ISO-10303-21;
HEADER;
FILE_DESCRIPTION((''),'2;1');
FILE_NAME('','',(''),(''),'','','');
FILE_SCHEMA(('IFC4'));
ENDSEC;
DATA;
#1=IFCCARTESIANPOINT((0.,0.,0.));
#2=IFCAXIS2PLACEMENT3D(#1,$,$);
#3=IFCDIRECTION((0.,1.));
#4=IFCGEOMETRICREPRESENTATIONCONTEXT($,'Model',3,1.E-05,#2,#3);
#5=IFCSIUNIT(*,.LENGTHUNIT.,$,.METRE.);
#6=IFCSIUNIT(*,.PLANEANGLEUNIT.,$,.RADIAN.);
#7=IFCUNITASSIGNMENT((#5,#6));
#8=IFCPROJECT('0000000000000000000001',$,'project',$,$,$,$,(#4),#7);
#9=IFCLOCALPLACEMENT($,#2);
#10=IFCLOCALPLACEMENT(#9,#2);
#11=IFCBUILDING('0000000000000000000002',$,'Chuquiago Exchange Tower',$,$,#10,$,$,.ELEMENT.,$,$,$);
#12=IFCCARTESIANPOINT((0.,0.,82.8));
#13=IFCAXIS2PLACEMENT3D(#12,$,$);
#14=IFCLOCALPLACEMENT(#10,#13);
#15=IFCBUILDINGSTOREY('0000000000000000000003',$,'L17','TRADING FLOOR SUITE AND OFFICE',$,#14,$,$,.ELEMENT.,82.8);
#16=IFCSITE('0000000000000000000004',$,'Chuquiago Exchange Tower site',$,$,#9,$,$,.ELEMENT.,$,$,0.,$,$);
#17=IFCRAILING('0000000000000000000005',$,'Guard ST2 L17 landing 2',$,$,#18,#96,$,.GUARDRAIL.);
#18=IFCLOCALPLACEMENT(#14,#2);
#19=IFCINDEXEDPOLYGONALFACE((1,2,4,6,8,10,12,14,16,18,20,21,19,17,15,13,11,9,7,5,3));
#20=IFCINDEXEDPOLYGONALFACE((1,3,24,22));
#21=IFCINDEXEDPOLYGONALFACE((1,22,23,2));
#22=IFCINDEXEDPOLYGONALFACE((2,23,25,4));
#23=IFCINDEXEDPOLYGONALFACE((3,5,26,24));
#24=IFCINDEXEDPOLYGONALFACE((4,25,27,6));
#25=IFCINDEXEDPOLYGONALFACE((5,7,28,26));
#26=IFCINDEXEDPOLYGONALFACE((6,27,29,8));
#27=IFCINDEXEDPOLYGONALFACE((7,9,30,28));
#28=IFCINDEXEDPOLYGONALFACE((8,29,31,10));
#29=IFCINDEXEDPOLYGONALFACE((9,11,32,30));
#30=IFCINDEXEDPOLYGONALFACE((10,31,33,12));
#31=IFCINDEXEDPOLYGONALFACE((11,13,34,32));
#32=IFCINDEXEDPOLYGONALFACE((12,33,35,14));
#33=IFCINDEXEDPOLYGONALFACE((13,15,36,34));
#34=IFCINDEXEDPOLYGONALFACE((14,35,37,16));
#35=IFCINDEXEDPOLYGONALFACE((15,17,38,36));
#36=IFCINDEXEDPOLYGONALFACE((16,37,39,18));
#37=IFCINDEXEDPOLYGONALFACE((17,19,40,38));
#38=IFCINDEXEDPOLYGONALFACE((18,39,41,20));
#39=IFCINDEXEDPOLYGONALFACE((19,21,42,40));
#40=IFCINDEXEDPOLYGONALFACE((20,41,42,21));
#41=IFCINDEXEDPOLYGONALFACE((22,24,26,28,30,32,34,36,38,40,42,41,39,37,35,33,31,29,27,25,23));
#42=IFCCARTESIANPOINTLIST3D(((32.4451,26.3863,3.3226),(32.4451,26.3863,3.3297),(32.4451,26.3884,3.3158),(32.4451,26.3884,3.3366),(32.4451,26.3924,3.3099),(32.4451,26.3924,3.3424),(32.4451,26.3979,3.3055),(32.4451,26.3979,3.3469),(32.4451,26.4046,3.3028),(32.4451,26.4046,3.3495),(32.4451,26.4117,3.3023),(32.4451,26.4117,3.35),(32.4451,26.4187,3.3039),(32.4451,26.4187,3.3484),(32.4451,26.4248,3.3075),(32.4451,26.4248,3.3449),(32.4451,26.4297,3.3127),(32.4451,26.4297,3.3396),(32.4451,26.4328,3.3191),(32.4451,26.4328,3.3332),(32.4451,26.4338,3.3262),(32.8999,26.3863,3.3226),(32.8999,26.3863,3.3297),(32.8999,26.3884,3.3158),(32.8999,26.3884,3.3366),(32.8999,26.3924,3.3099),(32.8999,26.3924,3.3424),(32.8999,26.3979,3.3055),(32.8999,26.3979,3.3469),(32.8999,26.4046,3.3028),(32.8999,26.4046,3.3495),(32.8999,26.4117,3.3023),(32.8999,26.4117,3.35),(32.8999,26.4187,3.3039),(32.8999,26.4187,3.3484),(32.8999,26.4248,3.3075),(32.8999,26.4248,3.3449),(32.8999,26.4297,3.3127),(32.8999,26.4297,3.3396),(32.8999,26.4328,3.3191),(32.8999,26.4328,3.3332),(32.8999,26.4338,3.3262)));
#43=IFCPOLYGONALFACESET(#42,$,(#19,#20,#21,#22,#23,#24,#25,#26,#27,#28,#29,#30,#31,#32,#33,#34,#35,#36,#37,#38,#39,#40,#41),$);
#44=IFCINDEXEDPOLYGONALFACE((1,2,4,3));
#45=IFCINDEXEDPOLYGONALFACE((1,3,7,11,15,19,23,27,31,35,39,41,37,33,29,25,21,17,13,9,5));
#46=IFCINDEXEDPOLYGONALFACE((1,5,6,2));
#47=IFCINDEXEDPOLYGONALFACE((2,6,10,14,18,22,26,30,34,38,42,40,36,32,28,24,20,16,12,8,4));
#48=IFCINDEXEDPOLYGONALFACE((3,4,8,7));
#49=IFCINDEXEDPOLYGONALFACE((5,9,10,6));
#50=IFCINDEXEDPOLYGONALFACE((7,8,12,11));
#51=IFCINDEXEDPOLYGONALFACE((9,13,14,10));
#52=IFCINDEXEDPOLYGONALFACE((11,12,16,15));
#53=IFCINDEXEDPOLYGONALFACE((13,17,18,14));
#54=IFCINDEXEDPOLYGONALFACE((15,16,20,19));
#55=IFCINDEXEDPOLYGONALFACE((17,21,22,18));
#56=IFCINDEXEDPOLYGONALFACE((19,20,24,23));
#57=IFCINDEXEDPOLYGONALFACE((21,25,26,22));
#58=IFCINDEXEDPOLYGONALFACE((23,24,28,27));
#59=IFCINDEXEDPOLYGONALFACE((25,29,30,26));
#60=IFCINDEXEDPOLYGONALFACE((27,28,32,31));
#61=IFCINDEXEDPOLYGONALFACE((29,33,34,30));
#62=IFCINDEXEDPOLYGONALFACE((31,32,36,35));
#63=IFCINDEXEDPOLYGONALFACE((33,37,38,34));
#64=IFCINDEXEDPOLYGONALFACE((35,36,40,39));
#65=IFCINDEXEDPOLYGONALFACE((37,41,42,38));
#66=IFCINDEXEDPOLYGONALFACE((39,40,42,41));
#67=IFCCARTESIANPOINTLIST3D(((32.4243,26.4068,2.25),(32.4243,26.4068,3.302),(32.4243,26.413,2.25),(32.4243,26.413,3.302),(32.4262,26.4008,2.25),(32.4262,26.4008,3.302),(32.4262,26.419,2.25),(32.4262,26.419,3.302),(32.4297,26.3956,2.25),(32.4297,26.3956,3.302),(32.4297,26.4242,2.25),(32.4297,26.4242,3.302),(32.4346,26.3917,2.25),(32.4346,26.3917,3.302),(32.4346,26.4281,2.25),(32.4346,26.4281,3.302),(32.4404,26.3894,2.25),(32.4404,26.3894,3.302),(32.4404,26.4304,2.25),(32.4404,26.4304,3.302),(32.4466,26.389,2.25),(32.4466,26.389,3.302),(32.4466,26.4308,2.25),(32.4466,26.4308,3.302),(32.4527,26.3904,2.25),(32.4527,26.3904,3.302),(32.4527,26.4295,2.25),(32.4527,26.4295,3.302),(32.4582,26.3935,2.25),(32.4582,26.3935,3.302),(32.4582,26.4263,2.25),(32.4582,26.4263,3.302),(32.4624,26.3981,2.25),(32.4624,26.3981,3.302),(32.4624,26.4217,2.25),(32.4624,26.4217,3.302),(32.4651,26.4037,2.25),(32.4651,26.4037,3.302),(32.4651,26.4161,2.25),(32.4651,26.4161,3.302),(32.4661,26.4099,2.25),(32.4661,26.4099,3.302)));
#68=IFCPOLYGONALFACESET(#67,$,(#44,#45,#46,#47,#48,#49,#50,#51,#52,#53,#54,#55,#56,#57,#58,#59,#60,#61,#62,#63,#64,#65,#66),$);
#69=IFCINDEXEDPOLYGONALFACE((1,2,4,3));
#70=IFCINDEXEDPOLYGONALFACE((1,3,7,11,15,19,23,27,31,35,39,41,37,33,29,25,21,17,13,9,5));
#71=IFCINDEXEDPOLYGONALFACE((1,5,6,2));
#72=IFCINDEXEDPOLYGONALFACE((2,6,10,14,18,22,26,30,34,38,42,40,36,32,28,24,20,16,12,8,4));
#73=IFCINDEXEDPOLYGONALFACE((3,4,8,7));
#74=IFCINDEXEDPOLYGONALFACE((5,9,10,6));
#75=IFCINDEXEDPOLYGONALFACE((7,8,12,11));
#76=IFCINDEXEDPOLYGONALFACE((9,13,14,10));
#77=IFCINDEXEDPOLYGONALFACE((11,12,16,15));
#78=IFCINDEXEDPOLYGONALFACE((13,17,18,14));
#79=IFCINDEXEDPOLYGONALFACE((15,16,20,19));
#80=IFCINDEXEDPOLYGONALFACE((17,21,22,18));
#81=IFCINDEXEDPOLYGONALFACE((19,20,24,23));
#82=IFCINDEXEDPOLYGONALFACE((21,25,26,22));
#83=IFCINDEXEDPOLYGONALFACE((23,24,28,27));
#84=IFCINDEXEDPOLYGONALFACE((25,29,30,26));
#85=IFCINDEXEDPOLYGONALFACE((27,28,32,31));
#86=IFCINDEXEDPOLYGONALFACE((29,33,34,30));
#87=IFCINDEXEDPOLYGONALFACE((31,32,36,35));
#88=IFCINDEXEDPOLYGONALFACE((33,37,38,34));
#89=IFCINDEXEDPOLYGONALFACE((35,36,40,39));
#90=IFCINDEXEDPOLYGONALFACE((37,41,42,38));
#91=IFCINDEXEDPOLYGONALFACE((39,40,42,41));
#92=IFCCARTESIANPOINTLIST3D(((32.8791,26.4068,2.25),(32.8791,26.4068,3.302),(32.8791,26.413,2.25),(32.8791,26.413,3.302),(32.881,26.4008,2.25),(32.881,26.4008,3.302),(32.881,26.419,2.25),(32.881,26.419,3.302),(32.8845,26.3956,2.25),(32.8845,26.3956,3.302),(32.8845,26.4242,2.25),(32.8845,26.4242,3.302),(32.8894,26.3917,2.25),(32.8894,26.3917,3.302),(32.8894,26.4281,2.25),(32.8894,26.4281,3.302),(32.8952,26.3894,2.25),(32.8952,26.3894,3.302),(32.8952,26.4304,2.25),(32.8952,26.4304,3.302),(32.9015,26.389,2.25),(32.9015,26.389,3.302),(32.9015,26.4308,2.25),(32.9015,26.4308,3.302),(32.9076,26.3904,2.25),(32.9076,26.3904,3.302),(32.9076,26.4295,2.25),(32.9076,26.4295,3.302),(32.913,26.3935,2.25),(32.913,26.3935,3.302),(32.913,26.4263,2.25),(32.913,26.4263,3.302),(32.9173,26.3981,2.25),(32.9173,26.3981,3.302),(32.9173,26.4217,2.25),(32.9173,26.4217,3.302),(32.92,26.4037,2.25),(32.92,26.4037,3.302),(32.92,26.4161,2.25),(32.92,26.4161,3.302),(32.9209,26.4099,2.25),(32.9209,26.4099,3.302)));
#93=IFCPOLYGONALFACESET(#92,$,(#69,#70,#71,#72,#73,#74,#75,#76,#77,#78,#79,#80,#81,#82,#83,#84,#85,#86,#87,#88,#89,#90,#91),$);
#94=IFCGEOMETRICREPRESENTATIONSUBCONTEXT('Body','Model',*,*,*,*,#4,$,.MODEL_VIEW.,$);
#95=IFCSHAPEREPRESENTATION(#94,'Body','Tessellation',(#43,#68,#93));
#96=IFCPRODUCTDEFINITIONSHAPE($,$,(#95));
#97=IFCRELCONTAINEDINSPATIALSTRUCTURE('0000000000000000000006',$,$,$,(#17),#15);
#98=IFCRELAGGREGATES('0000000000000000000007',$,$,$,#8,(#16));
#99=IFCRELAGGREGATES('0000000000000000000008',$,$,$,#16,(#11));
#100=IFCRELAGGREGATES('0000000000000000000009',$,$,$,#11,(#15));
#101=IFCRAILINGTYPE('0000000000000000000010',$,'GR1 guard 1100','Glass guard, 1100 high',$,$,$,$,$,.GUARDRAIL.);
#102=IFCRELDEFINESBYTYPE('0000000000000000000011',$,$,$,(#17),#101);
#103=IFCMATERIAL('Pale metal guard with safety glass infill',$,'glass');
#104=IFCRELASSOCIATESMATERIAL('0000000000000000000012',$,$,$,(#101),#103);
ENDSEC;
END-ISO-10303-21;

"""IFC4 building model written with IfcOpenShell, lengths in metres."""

from ifc_helpers import new_model, si_unit, direction, frame, origin, origin_2d, place, context, subcontext, project, spatial, circle, extrude, material, type_object, element, save


model = new_model("IFC4")

# Units and contexts
model_context = context("Model", 3, precision=1e-05, world=origin(), true_north=direction((0.0, 1.0)))
body_context = subcontext(model_context, "Body", "Model", "MODEL_VIEW")
ifc_project = project(units=[si_unit("LENGTHUNIT", "METRE"), si_unit("PLANEANGLEUNIT", "RADIAN")], contexts=[model_context])

# Site, building, storey
site_placement = place(None, origin())
site = spatial("IfcSite", under=ifc_project, at=site_placement, Name="Chuquiago Exchange Tower site", CompositionType="ELEMENT", RefElevation=0.0)
building_placement = place(site_placement, origin())
building = spatial("IfcBuilding", under=site, at=building_placement, Name="Chuquiago Exchange Tower", CompositionType="ELEMENT")
storey_placement = place(building_placement, frame((0.0, 0.0, 82.8)))
storey = spatial("IfcBuildingStorey", under=building, at=storey_placement, Name="L17", Description="TRADING FLOOR SUITE AND OFFICE", CompositionType="ELEMENT", Elevation=82.8)

# Railing
ifc_material_1 = material(Name="Pale metal guard with safety glass infill", Category="glass")
railing_type_1 = type_object("IfcRailingType", Name="GR1 guard 1100", Description="Glass guard, 1100 high", PredefinedType="GUARDRAIL", material=ifc_material_1)
for number, where, name in (
    (1, (32.4451, 26.4099, 2.25), "Guard ST2 L17 landing 2"),
):
    element("IfcRailing", number, at=place(storey_placement, frame(where)), inside=storey, type_object=railing_type_1, Name=name, PredefinedType="GUARDRAIL", context=body_context, shape_type="SweptSolid", body=[
        extrude(circle(Radius=0.0239, at=origin_2d()), frame((0.0, 0.0, 1.0762), z_axis=(1.0, 0.0, 0.0), x_axis=(0.0, 1.0, 0.0)), (0.0, 0.0, 1.0), 0.4548),
        extrude(circle(Radius=0.021, at=origin_2d()), origin(), (0.0, 0.0, 1.0), 1.052),
        extrude(circle(Radius=0.021, at=origin_2d()), frame((0.4548, 0.0, 0.0)), (0.0, 0.0, 1.0), 1.052),
    ])

save(model, "model.ifc")
